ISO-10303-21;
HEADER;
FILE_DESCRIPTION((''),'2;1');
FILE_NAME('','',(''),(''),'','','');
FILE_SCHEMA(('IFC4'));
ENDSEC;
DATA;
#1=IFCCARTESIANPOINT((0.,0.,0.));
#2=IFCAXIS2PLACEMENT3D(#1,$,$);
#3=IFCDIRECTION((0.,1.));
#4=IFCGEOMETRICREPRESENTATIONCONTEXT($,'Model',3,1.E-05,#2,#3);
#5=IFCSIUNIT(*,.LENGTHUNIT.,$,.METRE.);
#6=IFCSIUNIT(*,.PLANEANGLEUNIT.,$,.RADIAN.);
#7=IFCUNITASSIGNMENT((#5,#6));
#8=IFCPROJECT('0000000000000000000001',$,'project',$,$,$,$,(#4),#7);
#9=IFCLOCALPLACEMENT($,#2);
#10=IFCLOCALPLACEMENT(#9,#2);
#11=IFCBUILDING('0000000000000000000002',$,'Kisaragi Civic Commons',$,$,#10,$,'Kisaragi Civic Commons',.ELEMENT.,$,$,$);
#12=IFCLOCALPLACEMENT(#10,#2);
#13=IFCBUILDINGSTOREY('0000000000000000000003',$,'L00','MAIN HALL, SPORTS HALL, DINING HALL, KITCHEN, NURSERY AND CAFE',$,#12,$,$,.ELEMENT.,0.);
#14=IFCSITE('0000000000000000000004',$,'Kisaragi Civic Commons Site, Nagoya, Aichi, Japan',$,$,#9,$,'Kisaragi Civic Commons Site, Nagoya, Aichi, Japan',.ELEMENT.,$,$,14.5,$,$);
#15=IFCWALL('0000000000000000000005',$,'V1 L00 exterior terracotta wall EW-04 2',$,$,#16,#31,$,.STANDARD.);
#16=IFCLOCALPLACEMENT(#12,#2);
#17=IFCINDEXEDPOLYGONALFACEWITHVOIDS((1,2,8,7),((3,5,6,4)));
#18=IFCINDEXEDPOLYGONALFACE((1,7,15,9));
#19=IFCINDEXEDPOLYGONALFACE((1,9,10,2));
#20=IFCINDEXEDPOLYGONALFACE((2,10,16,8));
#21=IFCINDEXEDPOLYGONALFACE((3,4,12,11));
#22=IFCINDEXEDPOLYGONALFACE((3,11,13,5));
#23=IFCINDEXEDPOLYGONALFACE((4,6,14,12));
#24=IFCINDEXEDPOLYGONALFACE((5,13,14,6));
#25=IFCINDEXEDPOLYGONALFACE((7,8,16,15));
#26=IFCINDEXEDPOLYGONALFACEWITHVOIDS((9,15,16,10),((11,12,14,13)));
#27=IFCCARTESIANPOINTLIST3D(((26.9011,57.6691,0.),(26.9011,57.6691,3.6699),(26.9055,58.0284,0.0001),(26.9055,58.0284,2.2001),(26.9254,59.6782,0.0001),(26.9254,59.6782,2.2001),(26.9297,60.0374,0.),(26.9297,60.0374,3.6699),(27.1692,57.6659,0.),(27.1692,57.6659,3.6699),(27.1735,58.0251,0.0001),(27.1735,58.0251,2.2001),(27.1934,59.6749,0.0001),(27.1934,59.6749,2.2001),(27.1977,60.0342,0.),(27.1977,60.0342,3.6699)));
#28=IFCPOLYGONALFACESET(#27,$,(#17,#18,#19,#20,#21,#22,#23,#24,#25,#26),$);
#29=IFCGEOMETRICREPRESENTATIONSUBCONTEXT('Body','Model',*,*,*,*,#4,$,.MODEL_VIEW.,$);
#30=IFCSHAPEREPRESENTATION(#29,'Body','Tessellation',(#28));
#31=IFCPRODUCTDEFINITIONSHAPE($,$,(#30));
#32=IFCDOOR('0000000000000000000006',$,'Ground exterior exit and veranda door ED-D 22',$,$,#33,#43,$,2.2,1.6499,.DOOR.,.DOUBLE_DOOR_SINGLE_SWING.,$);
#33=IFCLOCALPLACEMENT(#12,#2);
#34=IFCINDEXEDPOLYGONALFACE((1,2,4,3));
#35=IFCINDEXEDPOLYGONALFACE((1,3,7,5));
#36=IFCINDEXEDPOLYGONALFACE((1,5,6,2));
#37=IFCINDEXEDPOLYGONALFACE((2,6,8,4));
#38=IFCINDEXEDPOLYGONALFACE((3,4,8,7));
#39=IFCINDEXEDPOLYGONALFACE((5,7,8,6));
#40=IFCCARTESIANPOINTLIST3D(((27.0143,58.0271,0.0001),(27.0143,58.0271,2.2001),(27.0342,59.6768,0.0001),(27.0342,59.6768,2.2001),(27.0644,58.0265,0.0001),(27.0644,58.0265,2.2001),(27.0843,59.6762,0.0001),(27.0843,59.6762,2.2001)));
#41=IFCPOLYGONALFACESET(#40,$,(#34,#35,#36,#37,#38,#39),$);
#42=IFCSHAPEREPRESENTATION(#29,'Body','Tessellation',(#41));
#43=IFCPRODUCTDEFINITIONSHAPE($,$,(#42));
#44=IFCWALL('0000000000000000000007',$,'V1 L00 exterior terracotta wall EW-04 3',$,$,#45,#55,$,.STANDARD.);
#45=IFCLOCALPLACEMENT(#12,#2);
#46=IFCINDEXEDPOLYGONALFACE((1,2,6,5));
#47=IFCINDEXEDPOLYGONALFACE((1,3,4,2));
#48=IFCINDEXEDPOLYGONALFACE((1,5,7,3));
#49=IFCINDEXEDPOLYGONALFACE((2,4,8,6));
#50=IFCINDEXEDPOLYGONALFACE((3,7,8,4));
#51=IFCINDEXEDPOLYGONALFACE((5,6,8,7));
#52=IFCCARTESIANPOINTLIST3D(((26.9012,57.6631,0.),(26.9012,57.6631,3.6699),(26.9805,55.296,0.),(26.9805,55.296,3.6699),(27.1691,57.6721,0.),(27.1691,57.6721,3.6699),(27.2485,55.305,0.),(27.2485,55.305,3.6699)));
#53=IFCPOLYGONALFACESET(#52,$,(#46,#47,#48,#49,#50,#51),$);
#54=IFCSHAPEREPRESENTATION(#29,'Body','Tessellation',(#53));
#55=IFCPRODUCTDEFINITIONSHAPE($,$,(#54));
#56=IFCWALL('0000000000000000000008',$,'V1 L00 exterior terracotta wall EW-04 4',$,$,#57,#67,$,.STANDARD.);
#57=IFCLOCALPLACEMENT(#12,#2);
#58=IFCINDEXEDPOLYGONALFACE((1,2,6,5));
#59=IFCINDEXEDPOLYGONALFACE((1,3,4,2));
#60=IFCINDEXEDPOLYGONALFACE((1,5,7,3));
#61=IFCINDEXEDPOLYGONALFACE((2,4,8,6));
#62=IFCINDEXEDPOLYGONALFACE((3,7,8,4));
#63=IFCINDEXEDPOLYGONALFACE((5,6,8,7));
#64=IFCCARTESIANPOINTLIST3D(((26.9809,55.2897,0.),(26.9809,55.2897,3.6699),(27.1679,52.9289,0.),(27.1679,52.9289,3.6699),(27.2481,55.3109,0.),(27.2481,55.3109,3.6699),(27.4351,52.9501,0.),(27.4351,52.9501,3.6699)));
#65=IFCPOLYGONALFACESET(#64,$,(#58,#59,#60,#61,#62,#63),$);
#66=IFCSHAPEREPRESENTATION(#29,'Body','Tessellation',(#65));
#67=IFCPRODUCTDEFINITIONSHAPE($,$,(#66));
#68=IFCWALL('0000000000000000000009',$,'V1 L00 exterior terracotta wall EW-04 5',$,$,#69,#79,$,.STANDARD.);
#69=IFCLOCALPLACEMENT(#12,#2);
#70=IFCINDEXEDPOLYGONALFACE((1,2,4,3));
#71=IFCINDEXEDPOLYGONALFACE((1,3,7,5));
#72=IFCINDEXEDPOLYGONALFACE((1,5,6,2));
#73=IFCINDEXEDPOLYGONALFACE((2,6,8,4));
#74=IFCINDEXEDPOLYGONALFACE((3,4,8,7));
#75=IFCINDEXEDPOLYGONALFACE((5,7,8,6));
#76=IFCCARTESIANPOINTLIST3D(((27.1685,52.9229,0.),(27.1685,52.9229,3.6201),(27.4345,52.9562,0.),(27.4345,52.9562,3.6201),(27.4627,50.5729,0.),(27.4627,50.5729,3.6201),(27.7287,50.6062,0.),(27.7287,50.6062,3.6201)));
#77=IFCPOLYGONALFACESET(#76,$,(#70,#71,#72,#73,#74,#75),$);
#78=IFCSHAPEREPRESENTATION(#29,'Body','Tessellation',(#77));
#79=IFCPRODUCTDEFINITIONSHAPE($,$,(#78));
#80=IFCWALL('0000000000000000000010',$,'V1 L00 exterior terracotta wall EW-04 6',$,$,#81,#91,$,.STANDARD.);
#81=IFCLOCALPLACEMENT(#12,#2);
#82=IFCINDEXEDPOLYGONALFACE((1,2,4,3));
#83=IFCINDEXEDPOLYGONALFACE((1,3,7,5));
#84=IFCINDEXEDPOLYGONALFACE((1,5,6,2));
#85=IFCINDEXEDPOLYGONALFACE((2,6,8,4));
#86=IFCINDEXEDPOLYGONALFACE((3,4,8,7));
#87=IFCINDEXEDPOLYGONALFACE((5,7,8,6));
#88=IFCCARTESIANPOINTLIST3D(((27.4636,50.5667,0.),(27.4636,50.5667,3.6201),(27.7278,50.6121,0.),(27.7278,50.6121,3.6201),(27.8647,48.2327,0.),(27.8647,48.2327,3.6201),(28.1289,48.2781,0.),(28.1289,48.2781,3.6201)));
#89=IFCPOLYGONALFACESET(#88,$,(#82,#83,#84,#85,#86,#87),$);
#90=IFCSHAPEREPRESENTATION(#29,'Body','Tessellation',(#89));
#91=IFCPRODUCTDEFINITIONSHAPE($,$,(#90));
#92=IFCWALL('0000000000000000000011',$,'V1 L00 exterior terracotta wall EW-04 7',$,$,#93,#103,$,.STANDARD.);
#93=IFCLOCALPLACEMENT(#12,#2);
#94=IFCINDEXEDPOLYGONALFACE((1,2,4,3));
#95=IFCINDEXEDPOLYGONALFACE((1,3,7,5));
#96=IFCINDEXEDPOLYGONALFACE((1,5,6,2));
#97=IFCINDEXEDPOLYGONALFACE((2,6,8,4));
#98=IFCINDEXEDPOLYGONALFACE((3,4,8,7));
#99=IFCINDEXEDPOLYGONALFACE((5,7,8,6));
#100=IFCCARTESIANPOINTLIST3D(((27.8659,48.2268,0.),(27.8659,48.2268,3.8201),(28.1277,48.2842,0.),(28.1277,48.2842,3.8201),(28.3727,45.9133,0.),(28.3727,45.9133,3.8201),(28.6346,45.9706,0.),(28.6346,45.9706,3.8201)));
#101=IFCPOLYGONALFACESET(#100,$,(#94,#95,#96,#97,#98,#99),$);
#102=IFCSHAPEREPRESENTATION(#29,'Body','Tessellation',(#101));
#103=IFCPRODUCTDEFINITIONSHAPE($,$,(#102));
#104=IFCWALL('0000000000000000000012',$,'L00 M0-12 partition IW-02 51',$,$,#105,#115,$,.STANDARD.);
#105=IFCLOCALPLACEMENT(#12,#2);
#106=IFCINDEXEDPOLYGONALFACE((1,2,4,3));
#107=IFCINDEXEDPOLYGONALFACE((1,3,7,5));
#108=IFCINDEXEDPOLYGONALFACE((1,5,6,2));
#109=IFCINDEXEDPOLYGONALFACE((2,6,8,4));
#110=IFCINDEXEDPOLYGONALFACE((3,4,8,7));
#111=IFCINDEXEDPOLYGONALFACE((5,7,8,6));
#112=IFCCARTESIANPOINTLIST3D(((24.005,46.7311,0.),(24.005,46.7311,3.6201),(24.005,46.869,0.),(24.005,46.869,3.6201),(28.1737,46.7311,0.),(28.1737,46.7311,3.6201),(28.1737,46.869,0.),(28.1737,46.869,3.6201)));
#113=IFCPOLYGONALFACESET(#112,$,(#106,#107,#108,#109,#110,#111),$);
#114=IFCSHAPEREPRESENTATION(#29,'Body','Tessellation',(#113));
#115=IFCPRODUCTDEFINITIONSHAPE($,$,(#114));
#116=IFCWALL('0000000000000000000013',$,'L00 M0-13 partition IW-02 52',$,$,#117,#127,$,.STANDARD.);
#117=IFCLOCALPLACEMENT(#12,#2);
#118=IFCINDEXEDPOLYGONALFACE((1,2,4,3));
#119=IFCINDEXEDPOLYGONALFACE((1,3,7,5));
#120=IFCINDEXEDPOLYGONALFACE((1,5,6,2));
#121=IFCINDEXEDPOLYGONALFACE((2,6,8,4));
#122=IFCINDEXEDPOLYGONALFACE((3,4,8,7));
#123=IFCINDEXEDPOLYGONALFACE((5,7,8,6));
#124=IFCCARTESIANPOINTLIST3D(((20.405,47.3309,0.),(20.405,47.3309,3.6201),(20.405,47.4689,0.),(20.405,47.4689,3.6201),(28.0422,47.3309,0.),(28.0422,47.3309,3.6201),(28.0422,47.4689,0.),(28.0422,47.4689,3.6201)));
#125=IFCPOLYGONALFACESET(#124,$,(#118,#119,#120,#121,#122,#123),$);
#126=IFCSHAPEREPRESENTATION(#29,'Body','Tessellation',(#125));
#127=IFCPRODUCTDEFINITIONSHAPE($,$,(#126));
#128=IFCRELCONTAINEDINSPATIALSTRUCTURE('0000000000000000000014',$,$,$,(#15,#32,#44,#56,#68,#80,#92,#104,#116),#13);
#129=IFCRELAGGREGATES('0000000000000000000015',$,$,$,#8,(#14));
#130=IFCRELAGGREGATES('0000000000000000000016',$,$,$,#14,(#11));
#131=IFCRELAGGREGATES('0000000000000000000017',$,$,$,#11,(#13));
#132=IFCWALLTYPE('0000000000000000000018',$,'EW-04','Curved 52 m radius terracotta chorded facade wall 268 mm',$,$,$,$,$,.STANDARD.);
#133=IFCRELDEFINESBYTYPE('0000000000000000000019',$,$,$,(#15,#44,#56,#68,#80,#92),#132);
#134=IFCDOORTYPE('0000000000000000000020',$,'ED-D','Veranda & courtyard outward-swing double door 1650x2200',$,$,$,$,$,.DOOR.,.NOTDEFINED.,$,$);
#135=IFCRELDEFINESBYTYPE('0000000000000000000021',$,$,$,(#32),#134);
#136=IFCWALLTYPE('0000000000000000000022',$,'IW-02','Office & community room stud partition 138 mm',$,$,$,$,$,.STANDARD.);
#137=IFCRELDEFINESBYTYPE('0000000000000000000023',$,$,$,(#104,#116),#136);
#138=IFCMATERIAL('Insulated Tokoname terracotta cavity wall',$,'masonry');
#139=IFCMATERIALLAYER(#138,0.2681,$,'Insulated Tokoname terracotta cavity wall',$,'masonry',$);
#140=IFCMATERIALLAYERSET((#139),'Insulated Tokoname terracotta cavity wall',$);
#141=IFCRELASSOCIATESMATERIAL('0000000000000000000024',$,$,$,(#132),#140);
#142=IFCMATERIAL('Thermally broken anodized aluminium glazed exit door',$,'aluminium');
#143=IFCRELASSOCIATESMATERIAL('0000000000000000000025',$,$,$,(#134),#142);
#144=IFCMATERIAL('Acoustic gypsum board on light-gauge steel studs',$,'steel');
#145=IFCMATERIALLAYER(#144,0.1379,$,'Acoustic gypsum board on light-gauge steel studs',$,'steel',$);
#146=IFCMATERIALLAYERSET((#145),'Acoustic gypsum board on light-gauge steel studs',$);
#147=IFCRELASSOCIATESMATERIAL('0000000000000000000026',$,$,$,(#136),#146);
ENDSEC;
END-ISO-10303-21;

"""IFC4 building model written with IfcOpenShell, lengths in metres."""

from ifc_helpers import new_model, si_unit, direction, frame, frame_2d, origin, place, context, subcontext, project, spatial, rectangle, extrude, material, layer, layer_set, type_object, element, fill, save


model = new_model("IFC4")

# Units and contexts
model_context = context("Model", 3, precision=1e-05, world=origin(), true_north=direction((0.0, 1.0)))
body_context = subcontext(model_context, "Body", "Model", "MODEL_VIEW")
ifc_project = project(units=[si_unit("LENGTHUNIT", "METRE"), si_unit("PLANEANGLEUNIT", "RADIAN")], contexts=[model_context])

# Site, building, storey
site_placement = place(None, origin())
site = spatial("IfcSite", under=ifc_project, at=site_placement, Name="Kisaragi Civic Commons Site, Nagoya, Aichi, Japan", LongName="Kisaragi Civic Commons Site, Nagoya, Aichi, Japan", CompositionType="ELEMENT", RefElevation=14.5)
building_placement = place(site_placement, origin())
building = spatial("IfcBuilding", under=site, at=building_placement, Name="Kisaragi Civic Commons", LongName="Kisaragi Civic Commons", CompositionType="ELEMENT")
storey_placement = place(building_placement, origin())
storey = spatial("IfcBuildingStorey", under=building, at=storey_placement, Name="L00", Description="MAIN HALL, SPORTS HALL, DINING HALL, KITCHEN, NURSERY AND CAFE", CompositionType="ELEMENT", Elevation=0.0)

# Shared definitions
ifc_material_1 = material(Name="Insulated Tokoname terracotta cavity wall", Category="masonry")
ifc_layer_1 = layer(ifc_material_1, 0.2681, Name="Insulated Tokoname terracotta cavity wall", Category="masonry")
ifc_layer_set_1 = layer_set([ifc_layer_1], Name="Insulated Tokoname terracotta cavity wall")
wall_type_1 = type_object("IfcWallType", Name="EW-04", Description="Curved 52 m radius terracotta chorded facade wall 268 mm", PredefinedType="STANDARD", material=ifc_layer_set_1)

# Wall, opening, door
wall_1_placement = place(storey_placement, frame((27.0637, 60.0356, 0.0), z_axis=(0.0, 0.0, 1.0), x_axis=(-0.012061, -0.999927, 0.0)))
wall_1 = element("IfcWall", 1, at=wall_1_placement, inside=storey, type_object=wall_type_1, Name="V1 L00 exterior terracotta wall EW-04 2", PredefinedType="STANDARD", context=body_context, shape_type="SweptSolid", body=[
    extrude(rectangle(XDim=2.3684, YDim=0.2681, at=frame_2d((1.1841, 0.0))), origin(), (0.0, 0.0, 1.0), 3.6699),
])
opening_placement = place(wall_1_placement, frame((0.3591, 0.0, 0.0)))
opening = element("IfcOpeningElement", 2, at=opening_placement, cuts=wall_1, PredefinedType="OPENING", context=body_context, shape_type="SweptSolid", body=[
    extrude(rectangle(XDim=1.6499, YDim=2.2, at=frame_2d((0.825, 1.1001))), frame((0.0, 0.144, 0.0), z_axis=(0.0, -1.0, 0.0), x_axis=(1.0, 0.0, 0.0)), (0.0, 0.0, 1.0), 0.2881),
])
ifc_material_2 = material(Name="Thermally broken anodized aluminium glazed exit door", Category="aluminium")
door_type = type_object("IfcDoorType", Name="ED-D", Description="Veranda & courtyard outward-swing double door 1650x2200", OperationType="NOTDEFINED", PredefinedType="DOOR", material=ifc_material_2)
door_placement = place(opening_placement, origin())
door = element("IfcDoor", 3, at=door_placement, inside=storey, type_object=door_type, Name="Ground exterior exit and veranda door ED-D 22", OperationType="DOUBLE_DOOR_SINGLE_SWING", OverallHeight=2.2, OverallWidth=1.6499, PredefinedType="DOOR", context=body_context, shape_type="SweptSolid", body=[
    extrude(rectangle(XDim=1.6499, YDim=2.2, at=frame_2d((0.825, 1.1001))), frame((0.0, 0.0249, 0.0), z_axis=(0.0, -1.0, 0.0), x_axis=(1.0, 0.0, 0.0)), (0.0, 0.0, 1.0), 0.05),
])
fill(opening, door)

# Walls
wall_2_placement = place(storey_placement, frame((27.0352, 57.6675, 0.0), z_axis=(0.0, 0.0, 1.0), x_axis=(0.0335, -0.999439, 0.0)))
element("IfcWall", 4, at=wall_2_placement, inside=storey, type_object=wall_type_1, Name="V1 L00 exterior terracotta wall EW-04 3", PredefinedType="STANDARD", context=body_context, shape_type="SweptSolid", body=[
    extrude(rectangle(XDim=2.3684, YDim=0.2681, at=frame_2d((1.1841, 0.0))), origin(), (0.0, 0.0, 1.0), 3.6699),
])
wall_3_placement = place(storey_placement, frame((27.1145, 55.3003, 0.0), z_axis=(0.0, 0.0, 1.0), x_axis=(0.078967, -0.996877, 0.0)))
element("IfcWall", 5, at=wall_3_placement, inside=storey, type_object=wall_type_1, Name="V1 L00 exterior terracotta wall EW-04 4", PredefinedType="STANDARD", context=body_context, shape_type="SweptSolid", body=[
    extrude(rectangle(XDim=2.3682, YDim=0.2681, at=frame_2d((1.1841, 0.0))), origin(), (0.0, 0.0, 1.0), 3.6699),
])
wall_4_placement = place(storey_placement, frame((27.3015, 52.9395, 0.0), z_axis=(0.0, 0.0, 1.0), x_axis=(0.124212, -0.992256, 0.0)))
element("IfcWall", 6, at=wall_4_placement, inside=storey, type_object=wall_type_1, Name="V1 L00 exterior terracotta wall EW-04 5", PredefinedType="STANDARD", context=body_context, shape_type="SweptSolid", body=[
    extrude(rectangle(XDim=2.3684, YDim=0.2681, at=frame_2d((1.1841, 0.0))), origin(), (0.0, 0.0, 1.0), 3.6201),
])
wall_5_placement = place(storey_placement, frame((27.5957, 50.5894, 0.0), z_axis=(0.0, 0.0, 1.0), x_axis=(0.169379, -0.985551, 0.0)))
element("IfcWall", 7, at=wall_5_placement, inside=storey, type_object=wall_type_1, Name="V1 L00 exterior terracotta wall EW-04 6", PredefinedType="STANDARD", context=body_context, shape_type="SweptSolid", body=[
    extrude(rectangle(XDim=2.3682, YDim=0.2681, at=frame_2d((1.1841, 0.0))), origin(), (0.0, 0.0, 1.0), 3.6201),
])
wall_6_placement = place(storey_placement, frame((27.9968, 48.2554, 0.0), z_axis=(0.0, 0.0, 1.0), x_axis=(0.214004, -0.976833, 0.0)))
element("IfcWall", 8, at=wall_6_placement, inside=storey, type_object=wall_type_1, Name="V1 L00 exterior terracotta wall EW-04 7", PredefinedType="STANDARD", context=body_context, shape_type="SweptSolid", body=[
    extrude(rectangle(XDim=2.3684, YDim=0.2681, at=frame_2d((1.1841, 0.0))), origin(), (0.0, 0.0, 1.0), 3.8201),
])
ifc_material_3 = material(Name="Acoustic gypsum board on light-gauge steel studs", Category="steel")
ifc_layer_2 = layer(ifc_material_3, 0.1379, Name="Acoustic gypsum board on light-gauge steel studs", Category="steel")
ifc_layer_set_2 = layer_set([ifc_layer_2], Name="Acoustic gypsum board on light-gauge steel studs")
wall_type_2 = type_object("IfcWallType", Name="IW-02", Description="Office & community room stud partition 138 mm", PredefinedType="STANDARD", material=ifc_layer_set_2)
wall_7_placement = place(storey_placement, frame((24.0049, 46.8, 0.0), z_axis=(0.0, 0.0, 1.0), x_axis=(1.0, 0.0, 0.0)))
element("IfcWall", 9, at=wall_7_placement, inside=storey, type_object=wall_type_2, Name="L00 M0-12 partition IW-02 51", PredefinedType="STANDARD", context=body_context, shape_type="SweptSolid", body=[
    extrude(rectangle(XDim=4.1687, YDim=0.1379, at=frame_2d((2.0845, 0.0))), origin(), (0.0, 0.0, 1.0), 3.6201),
])
wall_8_placement = place(storey_placement, frame((28.0422, 47.3999, 0.0), z_axis=(0.0, 0.0, 1.0), x_axis=(-1.0, 0.0, 0.0)))
element("IfcWall", 10, at=wall_8_placement, inside=storey, type_object=wall_type_2, Name="L00 M0-13 partition IW-02 52", PredefinedType="STANDARD", context=body_context, shape_type="SweptSolid", body=[
    extrude(rectangle(XDim=7.6372, YDim=0.1379, at=frame_2d((3.8186, 0.0))), origin(), (0.0, 0.0, 1.0), 3.6201),
])

save(model, "model.ifc")
